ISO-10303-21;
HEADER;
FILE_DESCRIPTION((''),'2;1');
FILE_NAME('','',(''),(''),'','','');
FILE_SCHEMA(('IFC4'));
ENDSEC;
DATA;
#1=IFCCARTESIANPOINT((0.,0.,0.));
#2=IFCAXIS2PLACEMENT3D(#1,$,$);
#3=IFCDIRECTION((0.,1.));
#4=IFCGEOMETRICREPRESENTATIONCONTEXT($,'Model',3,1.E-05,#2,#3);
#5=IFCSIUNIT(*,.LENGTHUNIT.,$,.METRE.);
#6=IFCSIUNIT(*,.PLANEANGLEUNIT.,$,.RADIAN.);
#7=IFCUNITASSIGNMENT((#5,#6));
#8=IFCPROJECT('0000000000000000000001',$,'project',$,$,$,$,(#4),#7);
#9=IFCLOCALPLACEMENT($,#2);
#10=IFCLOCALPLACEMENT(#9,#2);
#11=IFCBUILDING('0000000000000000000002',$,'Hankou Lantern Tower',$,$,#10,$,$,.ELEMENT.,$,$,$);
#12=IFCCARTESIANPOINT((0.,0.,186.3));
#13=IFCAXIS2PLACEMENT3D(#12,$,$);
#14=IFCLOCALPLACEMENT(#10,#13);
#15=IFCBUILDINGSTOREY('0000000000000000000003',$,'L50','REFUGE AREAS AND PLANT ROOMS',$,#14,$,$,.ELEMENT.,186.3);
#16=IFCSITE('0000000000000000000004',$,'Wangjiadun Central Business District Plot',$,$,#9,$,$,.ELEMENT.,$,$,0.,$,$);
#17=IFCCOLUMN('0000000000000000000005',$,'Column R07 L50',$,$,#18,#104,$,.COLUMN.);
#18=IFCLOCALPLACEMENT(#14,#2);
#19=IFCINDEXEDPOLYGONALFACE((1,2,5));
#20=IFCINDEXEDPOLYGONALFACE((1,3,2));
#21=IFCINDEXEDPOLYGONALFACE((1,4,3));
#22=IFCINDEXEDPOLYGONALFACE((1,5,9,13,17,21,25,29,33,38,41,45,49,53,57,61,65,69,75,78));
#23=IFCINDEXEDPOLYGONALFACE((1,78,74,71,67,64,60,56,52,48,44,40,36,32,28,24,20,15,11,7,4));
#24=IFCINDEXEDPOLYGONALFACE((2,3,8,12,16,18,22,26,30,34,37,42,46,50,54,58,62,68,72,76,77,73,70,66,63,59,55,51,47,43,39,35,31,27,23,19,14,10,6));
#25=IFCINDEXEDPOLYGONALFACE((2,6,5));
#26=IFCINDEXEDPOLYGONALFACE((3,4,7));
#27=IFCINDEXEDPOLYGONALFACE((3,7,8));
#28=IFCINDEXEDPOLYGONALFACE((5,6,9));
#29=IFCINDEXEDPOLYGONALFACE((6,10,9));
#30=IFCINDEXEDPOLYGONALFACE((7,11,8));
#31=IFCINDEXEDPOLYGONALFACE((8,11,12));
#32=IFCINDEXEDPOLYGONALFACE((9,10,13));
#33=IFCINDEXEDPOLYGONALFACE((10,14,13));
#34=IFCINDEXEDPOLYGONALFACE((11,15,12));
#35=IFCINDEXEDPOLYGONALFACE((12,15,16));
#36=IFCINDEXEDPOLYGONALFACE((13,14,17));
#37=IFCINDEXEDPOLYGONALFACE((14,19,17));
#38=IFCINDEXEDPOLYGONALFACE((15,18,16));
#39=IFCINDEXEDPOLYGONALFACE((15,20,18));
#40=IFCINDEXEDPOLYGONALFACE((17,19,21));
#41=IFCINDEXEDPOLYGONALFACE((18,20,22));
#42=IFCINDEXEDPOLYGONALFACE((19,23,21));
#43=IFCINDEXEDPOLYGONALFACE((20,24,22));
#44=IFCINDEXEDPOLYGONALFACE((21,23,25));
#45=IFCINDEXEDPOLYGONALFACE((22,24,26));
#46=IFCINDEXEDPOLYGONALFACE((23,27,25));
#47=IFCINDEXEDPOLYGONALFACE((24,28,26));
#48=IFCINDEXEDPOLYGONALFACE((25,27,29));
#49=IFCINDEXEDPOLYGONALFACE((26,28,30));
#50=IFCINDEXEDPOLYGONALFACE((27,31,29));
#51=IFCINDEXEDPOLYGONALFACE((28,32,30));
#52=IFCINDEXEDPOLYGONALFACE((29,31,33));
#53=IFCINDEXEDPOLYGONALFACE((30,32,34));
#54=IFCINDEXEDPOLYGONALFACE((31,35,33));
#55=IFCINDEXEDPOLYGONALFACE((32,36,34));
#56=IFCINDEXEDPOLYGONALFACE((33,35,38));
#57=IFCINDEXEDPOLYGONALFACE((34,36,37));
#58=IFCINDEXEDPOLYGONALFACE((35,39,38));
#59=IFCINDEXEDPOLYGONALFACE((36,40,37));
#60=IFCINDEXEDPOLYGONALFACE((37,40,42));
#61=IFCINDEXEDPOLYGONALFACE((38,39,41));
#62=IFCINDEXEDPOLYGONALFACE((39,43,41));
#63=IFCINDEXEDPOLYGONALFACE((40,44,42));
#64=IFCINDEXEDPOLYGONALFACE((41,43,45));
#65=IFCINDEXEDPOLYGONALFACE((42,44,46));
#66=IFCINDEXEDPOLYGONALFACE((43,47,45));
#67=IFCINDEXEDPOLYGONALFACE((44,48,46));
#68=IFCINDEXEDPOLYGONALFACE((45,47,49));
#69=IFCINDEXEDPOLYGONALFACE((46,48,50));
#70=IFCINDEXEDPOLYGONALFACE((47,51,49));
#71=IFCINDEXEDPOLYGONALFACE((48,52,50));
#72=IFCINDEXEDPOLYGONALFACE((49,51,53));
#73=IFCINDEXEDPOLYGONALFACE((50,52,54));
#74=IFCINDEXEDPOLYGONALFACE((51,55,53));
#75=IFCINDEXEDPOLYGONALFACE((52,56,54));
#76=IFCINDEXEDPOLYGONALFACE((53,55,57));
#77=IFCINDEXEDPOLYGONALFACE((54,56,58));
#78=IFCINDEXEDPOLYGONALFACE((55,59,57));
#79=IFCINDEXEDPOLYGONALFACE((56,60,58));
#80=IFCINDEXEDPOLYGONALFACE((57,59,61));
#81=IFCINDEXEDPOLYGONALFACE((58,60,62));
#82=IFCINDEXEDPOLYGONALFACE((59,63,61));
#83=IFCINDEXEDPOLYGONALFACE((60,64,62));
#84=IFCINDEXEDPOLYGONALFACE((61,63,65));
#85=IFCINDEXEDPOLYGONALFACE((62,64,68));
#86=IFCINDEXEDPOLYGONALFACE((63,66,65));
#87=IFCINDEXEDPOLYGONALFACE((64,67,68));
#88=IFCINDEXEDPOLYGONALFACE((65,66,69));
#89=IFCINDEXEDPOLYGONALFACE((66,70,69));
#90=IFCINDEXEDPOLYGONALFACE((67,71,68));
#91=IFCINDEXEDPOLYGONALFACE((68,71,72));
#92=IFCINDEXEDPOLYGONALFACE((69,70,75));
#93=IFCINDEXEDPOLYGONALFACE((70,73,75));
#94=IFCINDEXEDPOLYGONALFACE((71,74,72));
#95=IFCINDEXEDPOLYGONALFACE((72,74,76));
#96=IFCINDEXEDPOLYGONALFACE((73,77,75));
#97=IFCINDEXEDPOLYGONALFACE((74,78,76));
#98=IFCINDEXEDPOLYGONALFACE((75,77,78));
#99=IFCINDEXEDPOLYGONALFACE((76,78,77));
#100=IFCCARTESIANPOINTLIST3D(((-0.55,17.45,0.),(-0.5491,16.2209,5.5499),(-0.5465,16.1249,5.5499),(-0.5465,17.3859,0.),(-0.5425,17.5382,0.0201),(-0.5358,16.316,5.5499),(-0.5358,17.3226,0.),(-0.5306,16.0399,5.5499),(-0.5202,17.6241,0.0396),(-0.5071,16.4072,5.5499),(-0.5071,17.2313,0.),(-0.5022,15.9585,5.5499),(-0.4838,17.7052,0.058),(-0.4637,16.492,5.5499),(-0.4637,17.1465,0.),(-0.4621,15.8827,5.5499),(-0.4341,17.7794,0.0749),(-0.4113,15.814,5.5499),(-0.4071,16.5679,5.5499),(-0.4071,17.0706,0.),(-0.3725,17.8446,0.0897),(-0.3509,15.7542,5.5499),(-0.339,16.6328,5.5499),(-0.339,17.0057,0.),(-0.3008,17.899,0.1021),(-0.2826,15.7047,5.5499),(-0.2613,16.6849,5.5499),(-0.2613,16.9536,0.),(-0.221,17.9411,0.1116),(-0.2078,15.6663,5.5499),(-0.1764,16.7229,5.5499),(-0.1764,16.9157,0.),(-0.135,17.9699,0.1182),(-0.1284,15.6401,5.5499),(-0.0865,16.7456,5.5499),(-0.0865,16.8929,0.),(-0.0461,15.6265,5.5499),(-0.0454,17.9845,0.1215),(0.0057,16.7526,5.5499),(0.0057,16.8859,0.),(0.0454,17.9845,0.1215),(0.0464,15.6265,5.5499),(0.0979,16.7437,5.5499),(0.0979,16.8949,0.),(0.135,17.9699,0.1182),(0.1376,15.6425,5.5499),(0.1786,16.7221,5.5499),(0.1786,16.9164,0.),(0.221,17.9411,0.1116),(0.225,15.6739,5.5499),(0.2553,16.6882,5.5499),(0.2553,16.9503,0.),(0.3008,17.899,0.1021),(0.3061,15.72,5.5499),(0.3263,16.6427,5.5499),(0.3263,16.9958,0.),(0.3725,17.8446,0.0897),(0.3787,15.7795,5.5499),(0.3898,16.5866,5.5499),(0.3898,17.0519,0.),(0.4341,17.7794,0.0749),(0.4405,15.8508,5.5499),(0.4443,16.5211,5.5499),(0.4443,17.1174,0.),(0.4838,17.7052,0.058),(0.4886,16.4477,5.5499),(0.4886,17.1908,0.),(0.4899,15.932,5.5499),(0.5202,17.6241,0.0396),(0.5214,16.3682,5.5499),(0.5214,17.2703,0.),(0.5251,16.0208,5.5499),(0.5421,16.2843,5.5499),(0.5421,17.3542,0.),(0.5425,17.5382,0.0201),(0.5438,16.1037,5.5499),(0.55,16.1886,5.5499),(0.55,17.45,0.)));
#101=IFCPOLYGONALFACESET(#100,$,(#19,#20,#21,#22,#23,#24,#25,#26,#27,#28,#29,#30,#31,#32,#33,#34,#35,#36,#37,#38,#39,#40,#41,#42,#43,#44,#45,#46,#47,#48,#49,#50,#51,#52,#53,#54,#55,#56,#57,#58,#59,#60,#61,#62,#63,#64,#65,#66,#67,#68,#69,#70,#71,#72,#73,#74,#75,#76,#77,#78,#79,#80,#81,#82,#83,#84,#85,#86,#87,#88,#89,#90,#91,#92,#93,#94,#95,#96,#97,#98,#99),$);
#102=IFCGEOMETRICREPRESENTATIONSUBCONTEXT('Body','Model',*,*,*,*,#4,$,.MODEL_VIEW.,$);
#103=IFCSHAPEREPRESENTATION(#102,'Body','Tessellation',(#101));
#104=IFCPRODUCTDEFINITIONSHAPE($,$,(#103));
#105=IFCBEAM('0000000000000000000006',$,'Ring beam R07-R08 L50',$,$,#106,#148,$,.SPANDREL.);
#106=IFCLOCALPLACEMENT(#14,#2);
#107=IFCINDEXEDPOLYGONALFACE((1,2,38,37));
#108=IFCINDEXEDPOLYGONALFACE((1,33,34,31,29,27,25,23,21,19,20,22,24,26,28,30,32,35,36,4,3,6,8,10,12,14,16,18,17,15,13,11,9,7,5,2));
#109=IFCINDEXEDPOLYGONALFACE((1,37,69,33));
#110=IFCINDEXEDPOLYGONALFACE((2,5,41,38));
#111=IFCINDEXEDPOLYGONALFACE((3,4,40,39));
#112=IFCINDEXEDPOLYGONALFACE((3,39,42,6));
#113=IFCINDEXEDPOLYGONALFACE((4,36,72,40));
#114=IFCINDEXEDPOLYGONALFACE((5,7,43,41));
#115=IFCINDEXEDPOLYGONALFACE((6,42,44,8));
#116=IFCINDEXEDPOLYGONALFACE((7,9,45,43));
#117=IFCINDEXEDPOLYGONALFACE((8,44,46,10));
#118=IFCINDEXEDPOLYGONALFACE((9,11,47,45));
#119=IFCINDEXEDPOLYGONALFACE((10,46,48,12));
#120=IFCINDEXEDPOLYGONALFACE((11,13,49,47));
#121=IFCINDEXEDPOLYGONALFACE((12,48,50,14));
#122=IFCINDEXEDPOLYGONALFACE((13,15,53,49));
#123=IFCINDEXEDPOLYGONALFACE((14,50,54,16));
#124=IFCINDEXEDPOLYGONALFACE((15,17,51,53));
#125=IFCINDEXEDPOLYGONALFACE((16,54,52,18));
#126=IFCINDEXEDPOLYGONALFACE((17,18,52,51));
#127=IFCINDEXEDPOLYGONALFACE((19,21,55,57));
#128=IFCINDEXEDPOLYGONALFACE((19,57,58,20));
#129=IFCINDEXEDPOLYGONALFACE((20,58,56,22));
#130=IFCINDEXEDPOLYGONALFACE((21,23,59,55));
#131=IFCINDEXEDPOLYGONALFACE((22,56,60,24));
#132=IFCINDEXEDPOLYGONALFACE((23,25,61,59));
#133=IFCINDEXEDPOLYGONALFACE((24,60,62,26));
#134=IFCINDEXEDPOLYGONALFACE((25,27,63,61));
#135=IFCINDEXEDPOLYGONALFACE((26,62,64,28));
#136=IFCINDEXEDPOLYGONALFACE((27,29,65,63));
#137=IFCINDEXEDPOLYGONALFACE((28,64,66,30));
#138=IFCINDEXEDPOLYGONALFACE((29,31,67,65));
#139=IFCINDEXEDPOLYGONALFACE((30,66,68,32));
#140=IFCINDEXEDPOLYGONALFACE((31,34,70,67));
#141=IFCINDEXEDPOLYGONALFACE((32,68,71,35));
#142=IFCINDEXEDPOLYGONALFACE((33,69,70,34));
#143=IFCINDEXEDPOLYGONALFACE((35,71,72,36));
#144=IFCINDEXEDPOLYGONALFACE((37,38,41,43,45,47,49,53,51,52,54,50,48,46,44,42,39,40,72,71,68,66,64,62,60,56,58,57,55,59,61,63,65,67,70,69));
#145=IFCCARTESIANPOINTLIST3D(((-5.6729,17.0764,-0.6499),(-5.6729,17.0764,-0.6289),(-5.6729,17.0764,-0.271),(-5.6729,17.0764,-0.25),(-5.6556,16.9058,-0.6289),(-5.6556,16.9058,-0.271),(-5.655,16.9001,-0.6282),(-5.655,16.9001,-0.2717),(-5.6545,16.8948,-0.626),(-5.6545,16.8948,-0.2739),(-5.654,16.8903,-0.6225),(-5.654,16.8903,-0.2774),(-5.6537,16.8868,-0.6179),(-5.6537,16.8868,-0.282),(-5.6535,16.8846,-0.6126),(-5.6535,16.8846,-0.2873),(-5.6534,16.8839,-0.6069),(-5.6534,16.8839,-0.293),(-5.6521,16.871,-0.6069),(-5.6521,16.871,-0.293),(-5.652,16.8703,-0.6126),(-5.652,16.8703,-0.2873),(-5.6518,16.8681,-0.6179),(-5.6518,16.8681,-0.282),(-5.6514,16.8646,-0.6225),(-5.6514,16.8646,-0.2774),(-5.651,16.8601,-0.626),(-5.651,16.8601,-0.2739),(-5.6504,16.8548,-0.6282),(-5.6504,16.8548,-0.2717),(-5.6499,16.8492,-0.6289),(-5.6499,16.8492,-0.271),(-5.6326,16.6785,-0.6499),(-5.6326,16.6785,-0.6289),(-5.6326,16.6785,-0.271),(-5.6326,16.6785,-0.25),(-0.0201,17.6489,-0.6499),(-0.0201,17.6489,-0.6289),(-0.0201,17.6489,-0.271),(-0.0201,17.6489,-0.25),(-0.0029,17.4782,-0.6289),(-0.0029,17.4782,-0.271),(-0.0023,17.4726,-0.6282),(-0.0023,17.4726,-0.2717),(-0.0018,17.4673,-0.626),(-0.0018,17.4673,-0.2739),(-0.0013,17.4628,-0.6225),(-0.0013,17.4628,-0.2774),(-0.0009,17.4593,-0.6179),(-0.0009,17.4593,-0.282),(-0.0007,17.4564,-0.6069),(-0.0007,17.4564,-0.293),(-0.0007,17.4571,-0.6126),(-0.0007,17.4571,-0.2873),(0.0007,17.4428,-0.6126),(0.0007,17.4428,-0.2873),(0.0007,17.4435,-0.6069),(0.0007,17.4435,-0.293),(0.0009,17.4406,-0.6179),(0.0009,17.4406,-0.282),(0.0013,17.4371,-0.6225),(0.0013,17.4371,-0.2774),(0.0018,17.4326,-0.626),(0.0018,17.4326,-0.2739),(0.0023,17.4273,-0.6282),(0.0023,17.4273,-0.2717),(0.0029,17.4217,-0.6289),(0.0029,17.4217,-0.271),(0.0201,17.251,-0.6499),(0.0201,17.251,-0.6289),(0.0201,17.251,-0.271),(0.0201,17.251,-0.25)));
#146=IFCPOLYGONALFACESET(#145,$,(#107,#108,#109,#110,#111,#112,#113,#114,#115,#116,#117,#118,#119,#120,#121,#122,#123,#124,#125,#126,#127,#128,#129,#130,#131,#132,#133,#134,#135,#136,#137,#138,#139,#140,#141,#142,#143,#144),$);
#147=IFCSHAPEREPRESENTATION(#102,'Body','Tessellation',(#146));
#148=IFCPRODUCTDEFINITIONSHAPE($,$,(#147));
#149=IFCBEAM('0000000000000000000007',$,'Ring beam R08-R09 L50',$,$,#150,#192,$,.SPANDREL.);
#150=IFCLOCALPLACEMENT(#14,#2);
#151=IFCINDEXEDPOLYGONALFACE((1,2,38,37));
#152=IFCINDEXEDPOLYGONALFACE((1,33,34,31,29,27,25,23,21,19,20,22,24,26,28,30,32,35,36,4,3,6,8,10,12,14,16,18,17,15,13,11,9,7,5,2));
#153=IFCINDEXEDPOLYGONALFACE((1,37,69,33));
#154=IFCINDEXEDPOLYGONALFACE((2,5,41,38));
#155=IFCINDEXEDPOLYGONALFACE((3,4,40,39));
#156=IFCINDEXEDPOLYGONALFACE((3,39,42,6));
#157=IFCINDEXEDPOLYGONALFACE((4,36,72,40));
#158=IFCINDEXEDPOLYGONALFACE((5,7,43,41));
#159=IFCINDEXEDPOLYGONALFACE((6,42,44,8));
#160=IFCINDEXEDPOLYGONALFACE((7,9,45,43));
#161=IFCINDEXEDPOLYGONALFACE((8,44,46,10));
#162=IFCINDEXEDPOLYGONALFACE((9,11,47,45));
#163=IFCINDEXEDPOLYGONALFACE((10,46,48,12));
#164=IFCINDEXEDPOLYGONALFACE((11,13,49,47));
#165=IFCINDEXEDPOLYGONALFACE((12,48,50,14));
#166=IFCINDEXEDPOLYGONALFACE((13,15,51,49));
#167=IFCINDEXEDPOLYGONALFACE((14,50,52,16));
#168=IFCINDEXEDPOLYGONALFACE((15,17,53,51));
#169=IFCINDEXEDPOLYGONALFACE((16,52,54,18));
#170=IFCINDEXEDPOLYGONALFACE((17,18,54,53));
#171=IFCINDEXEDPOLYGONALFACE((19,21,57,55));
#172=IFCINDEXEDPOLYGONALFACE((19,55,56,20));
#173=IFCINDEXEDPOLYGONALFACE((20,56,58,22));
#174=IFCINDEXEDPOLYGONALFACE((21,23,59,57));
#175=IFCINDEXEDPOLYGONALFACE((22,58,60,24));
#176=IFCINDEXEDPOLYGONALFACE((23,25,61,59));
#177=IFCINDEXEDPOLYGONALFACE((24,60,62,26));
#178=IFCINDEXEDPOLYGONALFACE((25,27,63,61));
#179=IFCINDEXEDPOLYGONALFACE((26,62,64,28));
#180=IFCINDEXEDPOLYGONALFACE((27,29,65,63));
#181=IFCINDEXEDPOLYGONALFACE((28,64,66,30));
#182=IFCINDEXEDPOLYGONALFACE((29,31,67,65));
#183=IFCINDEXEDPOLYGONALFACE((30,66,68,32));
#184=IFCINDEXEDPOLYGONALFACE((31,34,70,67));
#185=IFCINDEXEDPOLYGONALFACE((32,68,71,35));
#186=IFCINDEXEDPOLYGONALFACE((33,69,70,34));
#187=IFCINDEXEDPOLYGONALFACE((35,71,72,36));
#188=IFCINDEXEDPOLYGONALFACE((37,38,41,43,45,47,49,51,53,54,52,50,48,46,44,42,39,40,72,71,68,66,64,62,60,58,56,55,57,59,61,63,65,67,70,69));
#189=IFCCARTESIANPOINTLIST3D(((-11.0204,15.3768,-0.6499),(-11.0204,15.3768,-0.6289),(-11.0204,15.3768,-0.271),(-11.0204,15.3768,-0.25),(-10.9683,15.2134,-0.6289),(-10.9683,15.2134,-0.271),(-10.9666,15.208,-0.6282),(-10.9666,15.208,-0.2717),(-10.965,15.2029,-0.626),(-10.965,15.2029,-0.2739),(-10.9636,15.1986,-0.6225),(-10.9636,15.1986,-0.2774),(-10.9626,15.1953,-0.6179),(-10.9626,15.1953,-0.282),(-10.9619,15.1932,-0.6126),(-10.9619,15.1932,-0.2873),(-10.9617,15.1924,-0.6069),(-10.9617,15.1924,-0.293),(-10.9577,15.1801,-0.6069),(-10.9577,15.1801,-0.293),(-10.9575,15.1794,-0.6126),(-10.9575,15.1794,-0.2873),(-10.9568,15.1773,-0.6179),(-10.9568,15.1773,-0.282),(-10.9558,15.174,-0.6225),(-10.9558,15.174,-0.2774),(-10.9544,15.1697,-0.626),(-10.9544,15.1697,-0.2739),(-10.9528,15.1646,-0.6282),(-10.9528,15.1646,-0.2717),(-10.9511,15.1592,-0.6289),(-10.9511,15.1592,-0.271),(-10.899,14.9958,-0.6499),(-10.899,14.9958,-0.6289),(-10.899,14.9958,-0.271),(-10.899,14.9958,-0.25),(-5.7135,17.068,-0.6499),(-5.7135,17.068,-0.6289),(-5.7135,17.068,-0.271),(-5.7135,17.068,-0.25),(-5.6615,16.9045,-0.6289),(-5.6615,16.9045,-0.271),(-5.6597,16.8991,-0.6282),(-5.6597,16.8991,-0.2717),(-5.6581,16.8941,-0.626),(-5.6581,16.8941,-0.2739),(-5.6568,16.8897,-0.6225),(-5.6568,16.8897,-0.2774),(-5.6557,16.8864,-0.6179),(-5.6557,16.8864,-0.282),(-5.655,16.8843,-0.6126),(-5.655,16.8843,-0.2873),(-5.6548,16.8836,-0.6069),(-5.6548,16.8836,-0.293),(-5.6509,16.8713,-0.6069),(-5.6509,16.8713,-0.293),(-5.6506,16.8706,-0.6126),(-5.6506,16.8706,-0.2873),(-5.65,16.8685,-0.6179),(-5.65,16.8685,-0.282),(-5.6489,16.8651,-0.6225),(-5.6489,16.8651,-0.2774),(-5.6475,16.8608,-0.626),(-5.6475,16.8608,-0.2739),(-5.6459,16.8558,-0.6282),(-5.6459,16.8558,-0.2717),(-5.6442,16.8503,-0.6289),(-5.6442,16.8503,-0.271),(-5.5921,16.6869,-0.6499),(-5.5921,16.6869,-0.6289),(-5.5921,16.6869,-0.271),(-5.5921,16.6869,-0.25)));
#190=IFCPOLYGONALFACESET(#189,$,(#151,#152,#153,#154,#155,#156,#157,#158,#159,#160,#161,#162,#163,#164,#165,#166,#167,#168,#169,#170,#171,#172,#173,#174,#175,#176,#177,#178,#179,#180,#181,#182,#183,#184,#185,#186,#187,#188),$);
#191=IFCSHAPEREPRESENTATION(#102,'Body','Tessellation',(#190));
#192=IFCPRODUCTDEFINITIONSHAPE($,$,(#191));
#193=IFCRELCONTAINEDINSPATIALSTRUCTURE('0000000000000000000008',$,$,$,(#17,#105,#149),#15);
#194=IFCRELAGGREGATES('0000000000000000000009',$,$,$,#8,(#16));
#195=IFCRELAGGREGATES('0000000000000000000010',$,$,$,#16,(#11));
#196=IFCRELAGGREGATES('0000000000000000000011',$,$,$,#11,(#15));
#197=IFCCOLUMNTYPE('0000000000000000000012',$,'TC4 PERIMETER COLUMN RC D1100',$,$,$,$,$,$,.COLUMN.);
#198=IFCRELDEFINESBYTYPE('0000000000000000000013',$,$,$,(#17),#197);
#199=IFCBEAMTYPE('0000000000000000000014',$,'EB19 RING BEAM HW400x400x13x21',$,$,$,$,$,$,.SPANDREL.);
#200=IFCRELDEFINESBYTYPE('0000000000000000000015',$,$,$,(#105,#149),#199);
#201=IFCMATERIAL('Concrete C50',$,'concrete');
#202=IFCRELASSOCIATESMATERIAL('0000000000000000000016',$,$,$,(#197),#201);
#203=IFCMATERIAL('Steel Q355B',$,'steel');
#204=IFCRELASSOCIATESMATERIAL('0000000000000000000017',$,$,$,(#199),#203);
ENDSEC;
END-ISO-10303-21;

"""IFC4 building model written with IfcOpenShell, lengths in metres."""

from ifc_helpers import new_model, si_unit, direction, frame, origin, origin_2d, place, context, subcontext, project, spatial, circle, i_section, extrude, clip, halfspace, material, material_profile, profile_set, type_object, element, save


model = new_model("IFC4")

# Units and contexts
model_context = context("Model", 3, precision=1e-05, world=origin(), true_north=direction((0.0, 1.0)))
body_context = subcontext(model_context, "Body", "Model", "MODEL_VIEW")
ifc_project = project(units=[si_unit("LENGTHUNIT", "METRE"), si_unit("PLANEANGLEUNIT", "RADIAN")], contexts=[model_context])

# Site, building, storey
site_placement = place(None, origin())
site = spatial("IfcSite", under=ifc_project, at=site_placement, Name="Wangjiadun Central Business District Plot", CompositionType="ELEMENT", RefElevation=0.0)
building_placement = place(site_placement, origin())
building = spatial("IfcBuilding", under=site, at=building_placement, Name="Hankou Lantern Tower", CompositionType="ELEMENT")
storey_placement = place(building_placement, frame((0.0, 0.0, 186.3)))
storey = spatial("IfcBuildingStorey", under=building, at=storey_placement, Name="L50", Description="REFUGE AREAS AND PLANT ROOMS", CompositionType="ELEMENT", Elevation=186.3)

# Column
ifc_material_1 = material(Name="Concrete C50", Category="concrete")
ifc_material_profile_1 = material_profile(ifc_material_1, circle(Radius=0.55, at=origin_2d()), Name="RC D1100")
ifc_profile_set_1 = profile_set([ifc_material_profile_1], Name="Concrete C50")
column_type = type_object("IfcColumnType", Name="TC4 PERIMETER COLUMN RC D1100", PredefinedType="COLUMN", material=ifc_profile_set_1)
column_1_placement = place(storey_placement, frame((0.0, 17.45, 0.0), z_axis=(0.0, -0.221626, 0.975132), x_axis=(1.0, 0.0, 0.0)))
element("IfcColumn", 1, at=column_1_placement, inside=storey, type_object=column_type, Name="Column R07 L50", PredefinedType="COLUMN", context=body_context, shape_type="Clipping", body=[
    clip(clip(extrude(circle(Radius=0.55, at=origin_2d()), origin(), (0.0, 0.0, 1.0), 6.7681), halfspace(frame((0.0, 0.0, 0.0), z_axis=(0.0, -0.221626, -0.975132), x_axis=(1.0, 0.0, 0.0)), False)), halfspace(frame((0.0, 0.0, 5.6914), z_axis=(0.0, 0.221626, 0.975132), x_axis=(1.0, 0.0, 0.0)), False)),
])

# Beams
ifc_material_2 = material(Name="Steel Q355B", Category="steel")
ifc_material_profile_2 = material_profile(ifc_material_2, i_section(OverallWidth=0.3999, OverallDepth=0.3999, WebThickness=0.0129, FlangeThickness=0.021, FilletRadius=0.022, at=origin_2d()), Name="HW400x400x13x21")
ifc_profile_set_2 = profile_set([ifc_material_profile_2], Name="Steel Q355B")
beam_type_1 = type_object("IfcBeamType", Name="EB19 RING BEAM HW400x400x13x21", PredefinedType="SPANDREL", material=ifc_profile_set_2)
beam_1_placement = place(storey_placement, frame((0.0, 17.45, -0.45), z_axis=(-0.99491, -0.100763, 0.0), x_axis=(0.100763, -0.99491, 0.0)))
element("IfcBeam", 2, at=beam_1_placement, inside=storey, type_object=beam_type_1, Name="Ring beam R07-R08 L50", PredefinedType="SPANDREL", context=body_context, shape_type="SweptSolid", body=[
    extrude(i_section(OverallWidth=0.3999, OverallDepth=0.3999, WebThickness=0.0129, FlangeThickness=0.021, FilletRadius=0.022, at=origin_2d()), origin(), (0.0, 0.0, 1.0), 5.6816),
])
beam_2_placement = place(storey_placement, frame((-5.6528, 16.8774, -0.45), z_axis=(-0.95279, -0.303629, 0.0), x_axis=(0.303629, -0.95279, 0.0)))
element("IfcBeam", 3, at=beam_2_placement, inside=storey, type_object=beam_type_1, Name="Ring beam R08-R09 L50", PredefinedType="SPANDREL", context=body_context, shape_type="SweptSolid", body=[
    extrude(i_section(OverallWidth=0.3999, OverallDepth=0.3999, WebThickness=0.0129, FlangeThickness=0.021, FilletRadius=0.022, at=origin_2d()), origin(), (0.0, 0.0, 1.0), 5.5698),
])

save(model, "model.ifc")
